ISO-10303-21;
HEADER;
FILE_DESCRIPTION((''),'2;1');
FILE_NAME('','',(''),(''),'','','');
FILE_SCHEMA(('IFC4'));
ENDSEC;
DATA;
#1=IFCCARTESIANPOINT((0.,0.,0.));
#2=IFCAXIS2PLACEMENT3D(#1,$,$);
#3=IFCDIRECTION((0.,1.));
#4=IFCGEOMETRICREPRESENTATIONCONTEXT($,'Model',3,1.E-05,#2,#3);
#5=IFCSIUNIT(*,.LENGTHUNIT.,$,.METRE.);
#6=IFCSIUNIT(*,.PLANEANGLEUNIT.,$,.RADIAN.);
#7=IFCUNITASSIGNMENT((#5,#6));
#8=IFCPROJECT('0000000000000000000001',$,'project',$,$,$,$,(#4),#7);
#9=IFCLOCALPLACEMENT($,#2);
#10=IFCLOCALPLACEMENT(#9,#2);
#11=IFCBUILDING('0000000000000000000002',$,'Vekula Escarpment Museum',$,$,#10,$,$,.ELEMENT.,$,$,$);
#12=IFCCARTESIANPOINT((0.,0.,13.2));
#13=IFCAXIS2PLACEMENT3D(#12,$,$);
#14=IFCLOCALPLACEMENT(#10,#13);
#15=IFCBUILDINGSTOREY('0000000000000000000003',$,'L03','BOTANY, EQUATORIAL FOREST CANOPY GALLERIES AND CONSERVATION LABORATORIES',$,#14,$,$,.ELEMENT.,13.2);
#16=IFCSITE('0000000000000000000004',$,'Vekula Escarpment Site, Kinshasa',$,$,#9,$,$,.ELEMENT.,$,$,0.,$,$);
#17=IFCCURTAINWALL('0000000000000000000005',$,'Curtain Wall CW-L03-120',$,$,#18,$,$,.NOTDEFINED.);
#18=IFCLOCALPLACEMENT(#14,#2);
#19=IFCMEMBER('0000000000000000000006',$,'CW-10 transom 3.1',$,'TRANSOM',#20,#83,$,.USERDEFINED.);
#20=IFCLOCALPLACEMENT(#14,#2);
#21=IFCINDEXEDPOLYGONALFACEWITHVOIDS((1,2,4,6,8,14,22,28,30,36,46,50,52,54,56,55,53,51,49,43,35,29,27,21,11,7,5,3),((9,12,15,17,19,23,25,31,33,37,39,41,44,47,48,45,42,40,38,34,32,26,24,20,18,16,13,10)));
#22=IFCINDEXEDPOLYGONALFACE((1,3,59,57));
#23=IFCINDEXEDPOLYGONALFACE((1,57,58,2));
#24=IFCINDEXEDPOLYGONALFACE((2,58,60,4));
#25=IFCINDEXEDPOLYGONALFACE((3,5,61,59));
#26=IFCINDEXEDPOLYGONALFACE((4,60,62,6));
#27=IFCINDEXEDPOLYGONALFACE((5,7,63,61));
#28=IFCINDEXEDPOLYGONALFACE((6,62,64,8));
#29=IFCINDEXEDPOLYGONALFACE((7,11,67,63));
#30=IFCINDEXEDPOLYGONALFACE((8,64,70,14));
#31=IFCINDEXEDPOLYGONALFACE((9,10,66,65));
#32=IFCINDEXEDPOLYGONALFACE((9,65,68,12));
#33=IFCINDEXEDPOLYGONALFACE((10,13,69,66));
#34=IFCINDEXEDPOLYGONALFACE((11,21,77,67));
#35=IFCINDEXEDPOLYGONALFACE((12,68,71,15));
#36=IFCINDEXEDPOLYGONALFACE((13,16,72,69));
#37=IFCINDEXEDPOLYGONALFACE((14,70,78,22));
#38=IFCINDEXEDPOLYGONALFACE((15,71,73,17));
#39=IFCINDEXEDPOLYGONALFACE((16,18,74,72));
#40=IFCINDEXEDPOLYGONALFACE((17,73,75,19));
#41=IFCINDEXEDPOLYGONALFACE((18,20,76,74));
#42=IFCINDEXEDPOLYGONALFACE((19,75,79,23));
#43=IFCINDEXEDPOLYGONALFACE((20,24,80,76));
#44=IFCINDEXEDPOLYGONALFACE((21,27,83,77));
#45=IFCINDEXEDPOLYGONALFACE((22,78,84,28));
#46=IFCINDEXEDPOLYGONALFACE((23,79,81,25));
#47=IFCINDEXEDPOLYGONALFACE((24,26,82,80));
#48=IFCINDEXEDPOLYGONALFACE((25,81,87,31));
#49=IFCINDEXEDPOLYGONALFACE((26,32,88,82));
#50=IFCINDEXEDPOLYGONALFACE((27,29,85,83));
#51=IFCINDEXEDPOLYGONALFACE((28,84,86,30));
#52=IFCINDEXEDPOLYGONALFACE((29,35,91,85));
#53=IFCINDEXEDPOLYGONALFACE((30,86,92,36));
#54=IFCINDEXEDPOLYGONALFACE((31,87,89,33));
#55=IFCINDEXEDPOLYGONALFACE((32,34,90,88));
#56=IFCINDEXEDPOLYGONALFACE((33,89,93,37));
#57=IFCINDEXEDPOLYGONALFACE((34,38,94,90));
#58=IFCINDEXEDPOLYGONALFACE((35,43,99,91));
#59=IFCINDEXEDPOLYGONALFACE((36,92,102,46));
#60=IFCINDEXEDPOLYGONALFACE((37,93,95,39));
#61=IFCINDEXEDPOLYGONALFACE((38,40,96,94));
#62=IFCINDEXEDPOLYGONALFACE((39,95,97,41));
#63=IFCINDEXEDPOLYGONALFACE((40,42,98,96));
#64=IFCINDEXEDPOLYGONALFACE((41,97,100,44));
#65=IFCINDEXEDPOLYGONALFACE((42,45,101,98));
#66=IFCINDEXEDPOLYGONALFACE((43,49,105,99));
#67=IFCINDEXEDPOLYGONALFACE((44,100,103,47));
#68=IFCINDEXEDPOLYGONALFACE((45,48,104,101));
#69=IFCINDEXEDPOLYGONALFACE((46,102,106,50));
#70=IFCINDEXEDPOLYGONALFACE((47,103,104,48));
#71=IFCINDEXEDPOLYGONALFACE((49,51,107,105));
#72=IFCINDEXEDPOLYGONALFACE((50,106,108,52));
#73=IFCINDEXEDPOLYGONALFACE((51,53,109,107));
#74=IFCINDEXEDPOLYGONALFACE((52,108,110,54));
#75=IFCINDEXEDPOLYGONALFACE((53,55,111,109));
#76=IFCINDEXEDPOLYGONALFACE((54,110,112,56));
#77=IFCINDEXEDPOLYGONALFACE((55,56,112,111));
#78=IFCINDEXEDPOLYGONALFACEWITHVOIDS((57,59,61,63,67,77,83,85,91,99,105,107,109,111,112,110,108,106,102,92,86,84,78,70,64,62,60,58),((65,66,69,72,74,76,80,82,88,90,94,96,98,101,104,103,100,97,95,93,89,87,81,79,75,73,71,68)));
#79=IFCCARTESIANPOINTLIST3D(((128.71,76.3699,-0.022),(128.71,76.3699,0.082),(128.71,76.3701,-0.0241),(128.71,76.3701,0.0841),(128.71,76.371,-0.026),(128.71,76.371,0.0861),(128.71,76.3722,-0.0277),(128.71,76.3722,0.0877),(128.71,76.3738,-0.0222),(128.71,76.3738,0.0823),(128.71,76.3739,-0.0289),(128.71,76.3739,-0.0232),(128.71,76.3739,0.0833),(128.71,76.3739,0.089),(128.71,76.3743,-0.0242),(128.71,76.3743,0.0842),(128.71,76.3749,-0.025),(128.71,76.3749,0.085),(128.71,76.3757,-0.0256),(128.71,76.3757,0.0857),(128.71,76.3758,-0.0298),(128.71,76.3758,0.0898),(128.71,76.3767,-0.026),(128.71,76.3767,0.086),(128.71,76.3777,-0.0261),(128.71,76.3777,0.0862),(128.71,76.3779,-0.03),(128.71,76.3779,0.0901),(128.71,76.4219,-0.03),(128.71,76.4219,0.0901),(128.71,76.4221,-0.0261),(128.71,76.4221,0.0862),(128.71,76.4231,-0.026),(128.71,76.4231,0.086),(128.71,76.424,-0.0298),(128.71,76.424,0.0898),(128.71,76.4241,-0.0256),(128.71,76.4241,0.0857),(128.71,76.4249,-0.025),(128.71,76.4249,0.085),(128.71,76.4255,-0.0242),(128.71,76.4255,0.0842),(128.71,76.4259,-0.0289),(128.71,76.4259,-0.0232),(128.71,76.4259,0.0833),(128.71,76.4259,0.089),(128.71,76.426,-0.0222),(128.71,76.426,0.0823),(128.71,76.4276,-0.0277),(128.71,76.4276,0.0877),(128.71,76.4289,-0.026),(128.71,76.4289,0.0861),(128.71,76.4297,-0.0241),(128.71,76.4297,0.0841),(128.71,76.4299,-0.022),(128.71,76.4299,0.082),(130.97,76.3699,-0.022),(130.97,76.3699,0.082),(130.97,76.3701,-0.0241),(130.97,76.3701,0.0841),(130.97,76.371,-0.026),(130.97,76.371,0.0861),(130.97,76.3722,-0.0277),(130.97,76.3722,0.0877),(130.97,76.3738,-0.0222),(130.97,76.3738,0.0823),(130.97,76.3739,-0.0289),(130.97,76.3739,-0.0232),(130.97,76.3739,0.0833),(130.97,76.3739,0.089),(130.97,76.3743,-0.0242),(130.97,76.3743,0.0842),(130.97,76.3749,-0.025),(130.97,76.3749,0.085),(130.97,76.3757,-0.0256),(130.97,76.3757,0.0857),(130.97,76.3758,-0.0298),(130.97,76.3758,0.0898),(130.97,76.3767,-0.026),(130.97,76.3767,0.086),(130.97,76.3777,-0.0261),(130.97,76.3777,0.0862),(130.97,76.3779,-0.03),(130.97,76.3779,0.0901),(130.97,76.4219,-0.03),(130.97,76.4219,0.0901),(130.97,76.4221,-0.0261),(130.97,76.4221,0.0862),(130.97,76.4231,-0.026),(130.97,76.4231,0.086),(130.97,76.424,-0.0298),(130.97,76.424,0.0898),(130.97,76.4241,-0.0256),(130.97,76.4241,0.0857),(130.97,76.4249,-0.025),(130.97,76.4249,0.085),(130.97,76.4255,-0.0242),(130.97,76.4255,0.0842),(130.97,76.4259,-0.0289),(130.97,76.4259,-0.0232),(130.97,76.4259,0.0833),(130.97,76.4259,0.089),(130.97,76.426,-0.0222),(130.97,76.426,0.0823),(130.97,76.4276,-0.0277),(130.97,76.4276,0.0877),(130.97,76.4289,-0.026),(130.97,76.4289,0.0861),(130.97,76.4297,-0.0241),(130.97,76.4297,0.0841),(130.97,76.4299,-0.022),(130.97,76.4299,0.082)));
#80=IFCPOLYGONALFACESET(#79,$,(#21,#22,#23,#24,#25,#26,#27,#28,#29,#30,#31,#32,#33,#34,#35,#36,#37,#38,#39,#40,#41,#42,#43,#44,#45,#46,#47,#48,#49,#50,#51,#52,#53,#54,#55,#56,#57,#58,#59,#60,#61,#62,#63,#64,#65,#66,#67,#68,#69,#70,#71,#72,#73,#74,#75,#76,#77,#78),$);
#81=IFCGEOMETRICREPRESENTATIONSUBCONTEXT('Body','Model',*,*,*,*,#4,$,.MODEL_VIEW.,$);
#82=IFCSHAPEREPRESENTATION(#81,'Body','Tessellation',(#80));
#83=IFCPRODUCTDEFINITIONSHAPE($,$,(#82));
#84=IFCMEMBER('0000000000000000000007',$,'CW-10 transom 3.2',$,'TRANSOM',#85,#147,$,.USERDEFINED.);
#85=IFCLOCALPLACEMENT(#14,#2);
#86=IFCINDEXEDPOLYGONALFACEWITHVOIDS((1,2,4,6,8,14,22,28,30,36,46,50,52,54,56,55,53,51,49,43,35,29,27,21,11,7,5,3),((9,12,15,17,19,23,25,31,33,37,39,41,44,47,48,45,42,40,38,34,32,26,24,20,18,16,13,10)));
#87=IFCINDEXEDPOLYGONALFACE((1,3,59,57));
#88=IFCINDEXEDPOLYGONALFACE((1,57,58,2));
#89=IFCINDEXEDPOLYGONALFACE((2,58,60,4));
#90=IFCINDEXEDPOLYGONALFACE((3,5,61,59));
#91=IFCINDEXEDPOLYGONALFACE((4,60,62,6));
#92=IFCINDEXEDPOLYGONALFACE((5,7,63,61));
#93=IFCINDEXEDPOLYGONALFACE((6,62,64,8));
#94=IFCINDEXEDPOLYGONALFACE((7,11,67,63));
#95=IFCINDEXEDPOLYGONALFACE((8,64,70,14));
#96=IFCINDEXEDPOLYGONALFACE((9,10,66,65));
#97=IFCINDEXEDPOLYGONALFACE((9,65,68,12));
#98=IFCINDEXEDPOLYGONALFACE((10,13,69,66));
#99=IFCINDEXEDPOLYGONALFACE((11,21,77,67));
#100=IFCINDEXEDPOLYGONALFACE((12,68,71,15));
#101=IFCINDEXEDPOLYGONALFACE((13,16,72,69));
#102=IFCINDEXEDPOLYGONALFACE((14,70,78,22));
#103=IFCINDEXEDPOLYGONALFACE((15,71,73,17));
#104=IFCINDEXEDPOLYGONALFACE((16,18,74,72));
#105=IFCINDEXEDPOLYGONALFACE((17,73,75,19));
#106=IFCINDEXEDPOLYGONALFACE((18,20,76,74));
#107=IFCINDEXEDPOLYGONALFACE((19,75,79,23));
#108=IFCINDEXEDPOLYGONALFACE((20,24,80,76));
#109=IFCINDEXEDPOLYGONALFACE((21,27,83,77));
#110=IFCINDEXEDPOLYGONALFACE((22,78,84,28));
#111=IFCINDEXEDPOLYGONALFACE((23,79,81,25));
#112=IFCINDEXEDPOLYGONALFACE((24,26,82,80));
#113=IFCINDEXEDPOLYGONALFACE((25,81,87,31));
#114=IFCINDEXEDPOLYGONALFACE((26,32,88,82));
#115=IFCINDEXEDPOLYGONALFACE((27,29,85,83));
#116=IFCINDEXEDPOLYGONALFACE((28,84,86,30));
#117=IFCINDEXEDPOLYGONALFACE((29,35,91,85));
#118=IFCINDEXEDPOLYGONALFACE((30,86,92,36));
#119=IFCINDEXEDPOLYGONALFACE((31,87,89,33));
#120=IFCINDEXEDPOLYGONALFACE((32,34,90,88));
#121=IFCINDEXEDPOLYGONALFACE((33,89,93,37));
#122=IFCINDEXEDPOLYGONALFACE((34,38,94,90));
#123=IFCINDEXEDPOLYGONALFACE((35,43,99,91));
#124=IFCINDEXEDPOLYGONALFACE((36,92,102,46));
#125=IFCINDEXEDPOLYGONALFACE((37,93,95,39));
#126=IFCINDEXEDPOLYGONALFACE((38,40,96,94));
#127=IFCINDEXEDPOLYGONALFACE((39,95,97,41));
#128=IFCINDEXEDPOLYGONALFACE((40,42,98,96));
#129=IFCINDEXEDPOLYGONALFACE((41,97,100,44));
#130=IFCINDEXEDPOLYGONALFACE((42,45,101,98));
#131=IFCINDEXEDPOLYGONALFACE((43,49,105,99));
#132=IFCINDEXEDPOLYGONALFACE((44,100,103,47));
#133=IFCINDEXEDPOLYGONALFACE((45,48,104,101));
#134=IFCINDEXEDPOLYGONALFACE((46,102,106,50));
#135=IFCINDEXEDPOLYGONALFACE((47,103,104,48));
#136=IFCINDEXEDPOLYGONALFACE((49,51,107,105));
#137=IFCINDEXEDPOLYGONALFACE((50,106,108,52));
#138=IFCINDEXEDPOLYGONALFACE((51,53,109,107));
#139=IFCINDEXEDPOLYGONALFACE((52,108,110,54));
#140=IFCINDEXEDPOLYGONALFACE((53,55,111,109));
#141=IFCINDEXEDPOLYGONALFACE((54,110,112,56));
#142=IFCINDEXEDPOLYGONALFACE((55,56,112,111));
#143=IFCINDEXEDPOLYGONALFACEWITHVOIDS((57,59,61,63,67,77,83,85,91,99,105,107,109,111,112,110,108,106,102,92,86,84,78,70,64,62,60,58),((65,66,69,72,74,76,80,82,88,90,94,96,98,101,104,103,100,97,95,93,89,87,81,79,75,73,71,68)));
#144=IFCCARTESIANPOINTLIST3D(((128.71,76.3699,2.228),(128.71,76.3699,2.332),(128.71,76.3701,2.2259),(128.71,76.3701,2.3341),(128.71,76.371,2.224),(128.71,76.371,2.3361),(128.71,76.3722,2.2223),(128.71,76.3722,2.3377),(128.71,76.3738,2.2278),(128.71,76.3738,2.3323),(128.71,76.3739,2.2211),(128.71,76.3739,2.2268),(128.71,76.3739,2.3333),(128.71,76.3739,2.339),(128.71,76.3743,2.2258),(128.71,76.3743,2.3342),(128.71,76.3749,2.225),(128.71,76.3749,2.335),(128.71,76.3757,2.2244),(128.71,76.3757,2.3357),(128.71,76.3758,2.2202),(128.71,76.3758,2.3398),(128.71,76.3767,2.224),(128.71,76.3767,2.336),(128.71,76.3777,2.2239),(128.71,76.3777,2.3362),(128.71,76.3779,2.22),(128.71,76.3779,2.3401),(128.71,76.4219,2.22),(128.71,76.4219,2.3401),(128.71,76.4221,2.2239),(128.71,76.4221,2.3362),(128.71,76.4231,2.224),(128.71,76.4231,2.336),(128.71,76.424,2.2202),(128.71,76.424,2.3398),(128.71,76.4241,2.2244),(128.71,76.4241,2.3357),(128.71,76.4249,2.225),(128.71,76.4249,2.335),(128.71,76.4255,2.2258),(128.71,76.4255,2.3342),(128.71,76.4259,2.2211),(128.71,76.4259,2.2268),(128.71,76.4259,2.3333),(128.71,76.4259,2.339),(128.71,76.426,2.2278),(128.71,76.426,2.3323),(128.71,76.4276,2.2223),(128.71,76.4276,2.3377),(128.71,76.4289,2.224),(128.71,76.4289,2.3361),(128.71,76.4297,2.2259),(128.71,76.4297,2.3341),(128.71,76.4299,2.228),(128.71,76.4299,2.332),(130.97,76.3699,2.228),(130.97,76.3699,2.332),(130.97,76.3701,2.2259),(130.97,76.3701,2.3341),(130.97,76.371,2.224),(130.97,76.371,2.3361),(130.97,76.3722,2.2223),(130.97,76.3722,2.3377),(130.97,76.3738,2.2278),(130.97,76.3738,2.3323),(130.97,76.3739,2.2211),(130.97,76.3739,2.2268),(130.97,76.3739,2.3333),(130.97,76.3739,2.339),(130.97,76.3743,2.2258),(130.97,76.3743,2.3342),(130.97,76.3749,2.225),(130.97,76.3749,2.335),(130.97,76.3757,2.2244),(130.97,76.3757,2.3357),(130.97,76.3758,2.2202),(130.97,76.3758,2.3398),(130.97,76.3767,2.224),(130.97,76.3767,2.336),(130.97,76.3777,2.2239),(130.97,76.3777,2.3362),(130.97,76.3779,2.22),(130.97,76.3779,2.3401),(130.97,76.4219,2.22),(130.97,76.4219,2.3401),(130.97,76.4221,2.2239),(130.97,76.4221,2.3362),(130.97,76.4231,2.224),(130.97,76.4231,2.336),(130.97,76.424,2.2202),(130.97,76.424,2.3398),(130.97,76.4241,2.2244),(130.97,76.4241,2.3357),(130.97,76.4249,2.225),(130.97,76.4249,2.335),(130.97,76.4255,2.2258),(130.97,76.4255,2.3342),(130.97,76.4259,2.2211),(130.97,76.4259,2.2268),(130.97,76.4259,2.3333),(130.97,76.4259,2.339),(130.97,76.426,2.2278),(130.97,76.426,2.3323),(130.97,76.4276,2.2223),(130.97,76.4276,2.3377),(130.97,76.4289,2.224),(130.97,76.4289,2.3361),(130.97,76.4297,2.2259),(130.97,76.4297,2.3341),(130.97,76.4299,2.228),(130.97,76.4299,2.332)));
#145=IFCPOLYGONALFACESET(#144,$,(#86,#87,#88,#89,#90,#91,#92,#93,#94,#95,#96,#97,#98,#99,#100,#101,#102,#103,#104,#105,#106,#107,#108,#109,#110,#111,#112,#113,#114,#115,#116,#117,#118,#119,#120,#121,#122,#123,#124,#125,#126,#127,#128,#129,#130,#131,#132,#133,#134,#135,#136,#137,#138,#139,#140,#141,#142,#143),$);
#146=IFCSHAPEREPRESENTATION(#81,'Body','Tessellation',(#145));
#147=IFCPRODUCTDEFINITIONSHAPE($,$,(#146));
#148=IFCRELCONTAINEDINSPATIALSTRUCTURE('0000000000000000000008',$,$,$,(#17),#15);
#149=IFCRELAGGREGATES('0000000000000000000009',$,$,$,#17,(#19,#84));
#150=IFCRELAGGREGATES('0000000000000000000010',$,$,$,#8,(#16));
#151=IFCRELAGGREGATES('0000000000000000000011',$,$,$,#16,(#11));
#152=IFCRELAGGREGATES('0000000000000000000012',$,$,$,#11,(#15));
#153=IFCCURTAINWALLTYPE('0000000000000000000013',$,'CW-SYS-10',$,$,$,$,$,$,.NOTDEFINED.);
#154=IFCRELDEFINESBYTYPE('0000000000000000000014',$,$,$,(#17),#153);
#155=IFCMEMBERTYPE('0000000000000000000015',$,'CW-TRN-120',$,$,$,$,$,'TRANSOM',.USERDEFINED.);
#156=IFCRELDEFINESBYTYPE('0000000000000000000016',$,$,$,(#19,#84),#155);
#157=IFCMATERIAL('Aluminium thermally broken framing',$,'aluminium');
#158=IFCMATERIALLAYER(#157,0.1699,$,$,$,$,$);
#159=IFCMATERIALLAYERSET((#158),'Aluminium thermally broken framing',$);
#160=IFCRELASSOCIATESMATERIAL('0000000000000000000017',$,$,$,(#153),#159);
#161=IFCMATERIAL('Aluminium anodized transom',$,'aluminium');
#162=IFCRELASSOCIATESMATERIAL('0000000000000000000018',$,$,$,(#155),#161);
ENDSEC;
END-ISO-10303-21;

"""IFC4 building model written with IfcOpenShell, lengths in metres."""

from ifc_helpers import new_model, si_unit, direction, frame, origin, origin_2d, place, context, subcontext, project, spatial, hollow_rectangle, extrude, material, layer, layer_set, material_profile, profile_set, type_object, element, aggregate, save


model = new_model("IFC4")

# Units and contexts
model_context = context("Model", 3, precision=1e-05, world=origin(), true_north=direction((0.0, 1.0)))
body_context = subcontext(model_context, "Body", "Model", "MODEL_VIEW")
ifc_project = project(units=[si_unit("LENGTHUNIT", "METRE"), si_unit("PLANEANGLEUNIT", "RADIAN")], contexts=[model_context])

# Site, building, storey
site_placement = place(None, origin())
site = spatial("IfcSite", under=ifc_project, at=site_placement, Name="Vekula Escarpment Site, Kinshasa", CompositionType="ELEMENT", RefElevation=0.0)
building_placement = place(site_placement, origin())
building = spatial("IfcBuilding", under=site, at=building_placement, Name="Vekula Escarpment Museum", CompositionType="ELEMENT")
storey_placement = place(building_placement, frame((0.0, 0.0, 13.2)))
storey = spatial("IfcBuildingStorey", under=building, at=storey_placement, Name="L03", Description="BOTANY, EQUATORIAL FOREST CANOPY GALLERIES AND CONSERVATION LABORATORIES", CompositionType="ELEMENT", Elevation=13.2)

# Curtain wall
ifc_material_1 = material(Name="Aluminium thermally broken framing", Category="aluminium")
ifc_layer_1 = layer(ifc_material_1, 0.1699)
ifc_layer_set_1 = layer_set([ifc_layer_1], Name="Aluminium thermally broken framing")
curtain_wall_type_1 = type_object("IfcCurtainWallType", Name="CW-SYS-10", PredefinedType="NOTDEFINED", material=ifc_layer_set_1)
curtain_wall_1_placement = place(storey_placement, origin())
curtain_wall_1 = element("IfcCurtainWall", 1, at=curtain_wall_1_placement, inside=storey, type_object=curtain_wall_type_1, Name="Curtain Wall CW-L03-120", PredefinedType="NOTDEFINED")

# Members
ifc_material_2 = material(Name="Aluminium anodized transom", Category="aluminium")
ifc_material_profile_1 = material_profile(ifc_material_2, hollow_rectangle(XDim=0.0601, YDim=0.1201, WallThickness=0.0039, InnerFilletRadius=0.0039, OuterFilletRadius=0.0081, at=origin_2d()), Name="ALU 120x60x4")
ifc_profile_set_1 = profile_set([ifc_material_profile_1], Name="Aluminium anodized transom")
member_type_1 = type_object("IfcMemberType", Name="CW-TRN-120", ElementType="TRANSOM", PredefinedType="USERDEFINED", material=ifc_profile_set_1)
member_1_placement = place(storey_placement, frame((130.97, 76.3999, 0.03), z_axis=(-1.0, 0.0, 0.0), x_axis=(0.0, -1.0, 0.0)))
member_1 = element("IfcMember", 2, at=member_1_placement, type_object=member_type_1, Name="CW-10 transom 3.1", ObjectType="TRANSOM", PredefinedType="USERDEFINED", context=body_context, shape_type="SweptSolid", body=[
    extrude(hollow_rectangle(XDim=0.0601, YDim=0.1201, WallThickness=0.0039, InnerFilletRadius=0.0039, OuterFilletRadius=0.0081, at=origin_2d()), origin(), (0.0, 0.0, 1.0), 2.26),
])
member_2_placement = place(storey_placement, frame((130.97, 76.3999, 2.28), z_axis=(-1.0, 0.0, 0.0), x_axis=(0.0, -1.0, 0.0)))
member_2 = element("IfcMember", 3, at=member_2_placement, type_object=member_type_1, Name="CW-10 transom 3.2", ObjectType="TRANSOM", PredefinedType="USERDEFINED", context=body_context, shape_type="SweptSolid", body=[
    extrude(hollow_rectangle(XDim=0.0601, YDim=0.1201, WallThickness=0.0039, InnerFilletRadius=0.0039, OuterFilletRadius=0.0081, at=origin_2d()), origin(), (0.0, 0.0, 1.0), 2.26),
])

aggregate(curtain_wall_1, [member_1, member_2])

save(model, "model.ifc")
